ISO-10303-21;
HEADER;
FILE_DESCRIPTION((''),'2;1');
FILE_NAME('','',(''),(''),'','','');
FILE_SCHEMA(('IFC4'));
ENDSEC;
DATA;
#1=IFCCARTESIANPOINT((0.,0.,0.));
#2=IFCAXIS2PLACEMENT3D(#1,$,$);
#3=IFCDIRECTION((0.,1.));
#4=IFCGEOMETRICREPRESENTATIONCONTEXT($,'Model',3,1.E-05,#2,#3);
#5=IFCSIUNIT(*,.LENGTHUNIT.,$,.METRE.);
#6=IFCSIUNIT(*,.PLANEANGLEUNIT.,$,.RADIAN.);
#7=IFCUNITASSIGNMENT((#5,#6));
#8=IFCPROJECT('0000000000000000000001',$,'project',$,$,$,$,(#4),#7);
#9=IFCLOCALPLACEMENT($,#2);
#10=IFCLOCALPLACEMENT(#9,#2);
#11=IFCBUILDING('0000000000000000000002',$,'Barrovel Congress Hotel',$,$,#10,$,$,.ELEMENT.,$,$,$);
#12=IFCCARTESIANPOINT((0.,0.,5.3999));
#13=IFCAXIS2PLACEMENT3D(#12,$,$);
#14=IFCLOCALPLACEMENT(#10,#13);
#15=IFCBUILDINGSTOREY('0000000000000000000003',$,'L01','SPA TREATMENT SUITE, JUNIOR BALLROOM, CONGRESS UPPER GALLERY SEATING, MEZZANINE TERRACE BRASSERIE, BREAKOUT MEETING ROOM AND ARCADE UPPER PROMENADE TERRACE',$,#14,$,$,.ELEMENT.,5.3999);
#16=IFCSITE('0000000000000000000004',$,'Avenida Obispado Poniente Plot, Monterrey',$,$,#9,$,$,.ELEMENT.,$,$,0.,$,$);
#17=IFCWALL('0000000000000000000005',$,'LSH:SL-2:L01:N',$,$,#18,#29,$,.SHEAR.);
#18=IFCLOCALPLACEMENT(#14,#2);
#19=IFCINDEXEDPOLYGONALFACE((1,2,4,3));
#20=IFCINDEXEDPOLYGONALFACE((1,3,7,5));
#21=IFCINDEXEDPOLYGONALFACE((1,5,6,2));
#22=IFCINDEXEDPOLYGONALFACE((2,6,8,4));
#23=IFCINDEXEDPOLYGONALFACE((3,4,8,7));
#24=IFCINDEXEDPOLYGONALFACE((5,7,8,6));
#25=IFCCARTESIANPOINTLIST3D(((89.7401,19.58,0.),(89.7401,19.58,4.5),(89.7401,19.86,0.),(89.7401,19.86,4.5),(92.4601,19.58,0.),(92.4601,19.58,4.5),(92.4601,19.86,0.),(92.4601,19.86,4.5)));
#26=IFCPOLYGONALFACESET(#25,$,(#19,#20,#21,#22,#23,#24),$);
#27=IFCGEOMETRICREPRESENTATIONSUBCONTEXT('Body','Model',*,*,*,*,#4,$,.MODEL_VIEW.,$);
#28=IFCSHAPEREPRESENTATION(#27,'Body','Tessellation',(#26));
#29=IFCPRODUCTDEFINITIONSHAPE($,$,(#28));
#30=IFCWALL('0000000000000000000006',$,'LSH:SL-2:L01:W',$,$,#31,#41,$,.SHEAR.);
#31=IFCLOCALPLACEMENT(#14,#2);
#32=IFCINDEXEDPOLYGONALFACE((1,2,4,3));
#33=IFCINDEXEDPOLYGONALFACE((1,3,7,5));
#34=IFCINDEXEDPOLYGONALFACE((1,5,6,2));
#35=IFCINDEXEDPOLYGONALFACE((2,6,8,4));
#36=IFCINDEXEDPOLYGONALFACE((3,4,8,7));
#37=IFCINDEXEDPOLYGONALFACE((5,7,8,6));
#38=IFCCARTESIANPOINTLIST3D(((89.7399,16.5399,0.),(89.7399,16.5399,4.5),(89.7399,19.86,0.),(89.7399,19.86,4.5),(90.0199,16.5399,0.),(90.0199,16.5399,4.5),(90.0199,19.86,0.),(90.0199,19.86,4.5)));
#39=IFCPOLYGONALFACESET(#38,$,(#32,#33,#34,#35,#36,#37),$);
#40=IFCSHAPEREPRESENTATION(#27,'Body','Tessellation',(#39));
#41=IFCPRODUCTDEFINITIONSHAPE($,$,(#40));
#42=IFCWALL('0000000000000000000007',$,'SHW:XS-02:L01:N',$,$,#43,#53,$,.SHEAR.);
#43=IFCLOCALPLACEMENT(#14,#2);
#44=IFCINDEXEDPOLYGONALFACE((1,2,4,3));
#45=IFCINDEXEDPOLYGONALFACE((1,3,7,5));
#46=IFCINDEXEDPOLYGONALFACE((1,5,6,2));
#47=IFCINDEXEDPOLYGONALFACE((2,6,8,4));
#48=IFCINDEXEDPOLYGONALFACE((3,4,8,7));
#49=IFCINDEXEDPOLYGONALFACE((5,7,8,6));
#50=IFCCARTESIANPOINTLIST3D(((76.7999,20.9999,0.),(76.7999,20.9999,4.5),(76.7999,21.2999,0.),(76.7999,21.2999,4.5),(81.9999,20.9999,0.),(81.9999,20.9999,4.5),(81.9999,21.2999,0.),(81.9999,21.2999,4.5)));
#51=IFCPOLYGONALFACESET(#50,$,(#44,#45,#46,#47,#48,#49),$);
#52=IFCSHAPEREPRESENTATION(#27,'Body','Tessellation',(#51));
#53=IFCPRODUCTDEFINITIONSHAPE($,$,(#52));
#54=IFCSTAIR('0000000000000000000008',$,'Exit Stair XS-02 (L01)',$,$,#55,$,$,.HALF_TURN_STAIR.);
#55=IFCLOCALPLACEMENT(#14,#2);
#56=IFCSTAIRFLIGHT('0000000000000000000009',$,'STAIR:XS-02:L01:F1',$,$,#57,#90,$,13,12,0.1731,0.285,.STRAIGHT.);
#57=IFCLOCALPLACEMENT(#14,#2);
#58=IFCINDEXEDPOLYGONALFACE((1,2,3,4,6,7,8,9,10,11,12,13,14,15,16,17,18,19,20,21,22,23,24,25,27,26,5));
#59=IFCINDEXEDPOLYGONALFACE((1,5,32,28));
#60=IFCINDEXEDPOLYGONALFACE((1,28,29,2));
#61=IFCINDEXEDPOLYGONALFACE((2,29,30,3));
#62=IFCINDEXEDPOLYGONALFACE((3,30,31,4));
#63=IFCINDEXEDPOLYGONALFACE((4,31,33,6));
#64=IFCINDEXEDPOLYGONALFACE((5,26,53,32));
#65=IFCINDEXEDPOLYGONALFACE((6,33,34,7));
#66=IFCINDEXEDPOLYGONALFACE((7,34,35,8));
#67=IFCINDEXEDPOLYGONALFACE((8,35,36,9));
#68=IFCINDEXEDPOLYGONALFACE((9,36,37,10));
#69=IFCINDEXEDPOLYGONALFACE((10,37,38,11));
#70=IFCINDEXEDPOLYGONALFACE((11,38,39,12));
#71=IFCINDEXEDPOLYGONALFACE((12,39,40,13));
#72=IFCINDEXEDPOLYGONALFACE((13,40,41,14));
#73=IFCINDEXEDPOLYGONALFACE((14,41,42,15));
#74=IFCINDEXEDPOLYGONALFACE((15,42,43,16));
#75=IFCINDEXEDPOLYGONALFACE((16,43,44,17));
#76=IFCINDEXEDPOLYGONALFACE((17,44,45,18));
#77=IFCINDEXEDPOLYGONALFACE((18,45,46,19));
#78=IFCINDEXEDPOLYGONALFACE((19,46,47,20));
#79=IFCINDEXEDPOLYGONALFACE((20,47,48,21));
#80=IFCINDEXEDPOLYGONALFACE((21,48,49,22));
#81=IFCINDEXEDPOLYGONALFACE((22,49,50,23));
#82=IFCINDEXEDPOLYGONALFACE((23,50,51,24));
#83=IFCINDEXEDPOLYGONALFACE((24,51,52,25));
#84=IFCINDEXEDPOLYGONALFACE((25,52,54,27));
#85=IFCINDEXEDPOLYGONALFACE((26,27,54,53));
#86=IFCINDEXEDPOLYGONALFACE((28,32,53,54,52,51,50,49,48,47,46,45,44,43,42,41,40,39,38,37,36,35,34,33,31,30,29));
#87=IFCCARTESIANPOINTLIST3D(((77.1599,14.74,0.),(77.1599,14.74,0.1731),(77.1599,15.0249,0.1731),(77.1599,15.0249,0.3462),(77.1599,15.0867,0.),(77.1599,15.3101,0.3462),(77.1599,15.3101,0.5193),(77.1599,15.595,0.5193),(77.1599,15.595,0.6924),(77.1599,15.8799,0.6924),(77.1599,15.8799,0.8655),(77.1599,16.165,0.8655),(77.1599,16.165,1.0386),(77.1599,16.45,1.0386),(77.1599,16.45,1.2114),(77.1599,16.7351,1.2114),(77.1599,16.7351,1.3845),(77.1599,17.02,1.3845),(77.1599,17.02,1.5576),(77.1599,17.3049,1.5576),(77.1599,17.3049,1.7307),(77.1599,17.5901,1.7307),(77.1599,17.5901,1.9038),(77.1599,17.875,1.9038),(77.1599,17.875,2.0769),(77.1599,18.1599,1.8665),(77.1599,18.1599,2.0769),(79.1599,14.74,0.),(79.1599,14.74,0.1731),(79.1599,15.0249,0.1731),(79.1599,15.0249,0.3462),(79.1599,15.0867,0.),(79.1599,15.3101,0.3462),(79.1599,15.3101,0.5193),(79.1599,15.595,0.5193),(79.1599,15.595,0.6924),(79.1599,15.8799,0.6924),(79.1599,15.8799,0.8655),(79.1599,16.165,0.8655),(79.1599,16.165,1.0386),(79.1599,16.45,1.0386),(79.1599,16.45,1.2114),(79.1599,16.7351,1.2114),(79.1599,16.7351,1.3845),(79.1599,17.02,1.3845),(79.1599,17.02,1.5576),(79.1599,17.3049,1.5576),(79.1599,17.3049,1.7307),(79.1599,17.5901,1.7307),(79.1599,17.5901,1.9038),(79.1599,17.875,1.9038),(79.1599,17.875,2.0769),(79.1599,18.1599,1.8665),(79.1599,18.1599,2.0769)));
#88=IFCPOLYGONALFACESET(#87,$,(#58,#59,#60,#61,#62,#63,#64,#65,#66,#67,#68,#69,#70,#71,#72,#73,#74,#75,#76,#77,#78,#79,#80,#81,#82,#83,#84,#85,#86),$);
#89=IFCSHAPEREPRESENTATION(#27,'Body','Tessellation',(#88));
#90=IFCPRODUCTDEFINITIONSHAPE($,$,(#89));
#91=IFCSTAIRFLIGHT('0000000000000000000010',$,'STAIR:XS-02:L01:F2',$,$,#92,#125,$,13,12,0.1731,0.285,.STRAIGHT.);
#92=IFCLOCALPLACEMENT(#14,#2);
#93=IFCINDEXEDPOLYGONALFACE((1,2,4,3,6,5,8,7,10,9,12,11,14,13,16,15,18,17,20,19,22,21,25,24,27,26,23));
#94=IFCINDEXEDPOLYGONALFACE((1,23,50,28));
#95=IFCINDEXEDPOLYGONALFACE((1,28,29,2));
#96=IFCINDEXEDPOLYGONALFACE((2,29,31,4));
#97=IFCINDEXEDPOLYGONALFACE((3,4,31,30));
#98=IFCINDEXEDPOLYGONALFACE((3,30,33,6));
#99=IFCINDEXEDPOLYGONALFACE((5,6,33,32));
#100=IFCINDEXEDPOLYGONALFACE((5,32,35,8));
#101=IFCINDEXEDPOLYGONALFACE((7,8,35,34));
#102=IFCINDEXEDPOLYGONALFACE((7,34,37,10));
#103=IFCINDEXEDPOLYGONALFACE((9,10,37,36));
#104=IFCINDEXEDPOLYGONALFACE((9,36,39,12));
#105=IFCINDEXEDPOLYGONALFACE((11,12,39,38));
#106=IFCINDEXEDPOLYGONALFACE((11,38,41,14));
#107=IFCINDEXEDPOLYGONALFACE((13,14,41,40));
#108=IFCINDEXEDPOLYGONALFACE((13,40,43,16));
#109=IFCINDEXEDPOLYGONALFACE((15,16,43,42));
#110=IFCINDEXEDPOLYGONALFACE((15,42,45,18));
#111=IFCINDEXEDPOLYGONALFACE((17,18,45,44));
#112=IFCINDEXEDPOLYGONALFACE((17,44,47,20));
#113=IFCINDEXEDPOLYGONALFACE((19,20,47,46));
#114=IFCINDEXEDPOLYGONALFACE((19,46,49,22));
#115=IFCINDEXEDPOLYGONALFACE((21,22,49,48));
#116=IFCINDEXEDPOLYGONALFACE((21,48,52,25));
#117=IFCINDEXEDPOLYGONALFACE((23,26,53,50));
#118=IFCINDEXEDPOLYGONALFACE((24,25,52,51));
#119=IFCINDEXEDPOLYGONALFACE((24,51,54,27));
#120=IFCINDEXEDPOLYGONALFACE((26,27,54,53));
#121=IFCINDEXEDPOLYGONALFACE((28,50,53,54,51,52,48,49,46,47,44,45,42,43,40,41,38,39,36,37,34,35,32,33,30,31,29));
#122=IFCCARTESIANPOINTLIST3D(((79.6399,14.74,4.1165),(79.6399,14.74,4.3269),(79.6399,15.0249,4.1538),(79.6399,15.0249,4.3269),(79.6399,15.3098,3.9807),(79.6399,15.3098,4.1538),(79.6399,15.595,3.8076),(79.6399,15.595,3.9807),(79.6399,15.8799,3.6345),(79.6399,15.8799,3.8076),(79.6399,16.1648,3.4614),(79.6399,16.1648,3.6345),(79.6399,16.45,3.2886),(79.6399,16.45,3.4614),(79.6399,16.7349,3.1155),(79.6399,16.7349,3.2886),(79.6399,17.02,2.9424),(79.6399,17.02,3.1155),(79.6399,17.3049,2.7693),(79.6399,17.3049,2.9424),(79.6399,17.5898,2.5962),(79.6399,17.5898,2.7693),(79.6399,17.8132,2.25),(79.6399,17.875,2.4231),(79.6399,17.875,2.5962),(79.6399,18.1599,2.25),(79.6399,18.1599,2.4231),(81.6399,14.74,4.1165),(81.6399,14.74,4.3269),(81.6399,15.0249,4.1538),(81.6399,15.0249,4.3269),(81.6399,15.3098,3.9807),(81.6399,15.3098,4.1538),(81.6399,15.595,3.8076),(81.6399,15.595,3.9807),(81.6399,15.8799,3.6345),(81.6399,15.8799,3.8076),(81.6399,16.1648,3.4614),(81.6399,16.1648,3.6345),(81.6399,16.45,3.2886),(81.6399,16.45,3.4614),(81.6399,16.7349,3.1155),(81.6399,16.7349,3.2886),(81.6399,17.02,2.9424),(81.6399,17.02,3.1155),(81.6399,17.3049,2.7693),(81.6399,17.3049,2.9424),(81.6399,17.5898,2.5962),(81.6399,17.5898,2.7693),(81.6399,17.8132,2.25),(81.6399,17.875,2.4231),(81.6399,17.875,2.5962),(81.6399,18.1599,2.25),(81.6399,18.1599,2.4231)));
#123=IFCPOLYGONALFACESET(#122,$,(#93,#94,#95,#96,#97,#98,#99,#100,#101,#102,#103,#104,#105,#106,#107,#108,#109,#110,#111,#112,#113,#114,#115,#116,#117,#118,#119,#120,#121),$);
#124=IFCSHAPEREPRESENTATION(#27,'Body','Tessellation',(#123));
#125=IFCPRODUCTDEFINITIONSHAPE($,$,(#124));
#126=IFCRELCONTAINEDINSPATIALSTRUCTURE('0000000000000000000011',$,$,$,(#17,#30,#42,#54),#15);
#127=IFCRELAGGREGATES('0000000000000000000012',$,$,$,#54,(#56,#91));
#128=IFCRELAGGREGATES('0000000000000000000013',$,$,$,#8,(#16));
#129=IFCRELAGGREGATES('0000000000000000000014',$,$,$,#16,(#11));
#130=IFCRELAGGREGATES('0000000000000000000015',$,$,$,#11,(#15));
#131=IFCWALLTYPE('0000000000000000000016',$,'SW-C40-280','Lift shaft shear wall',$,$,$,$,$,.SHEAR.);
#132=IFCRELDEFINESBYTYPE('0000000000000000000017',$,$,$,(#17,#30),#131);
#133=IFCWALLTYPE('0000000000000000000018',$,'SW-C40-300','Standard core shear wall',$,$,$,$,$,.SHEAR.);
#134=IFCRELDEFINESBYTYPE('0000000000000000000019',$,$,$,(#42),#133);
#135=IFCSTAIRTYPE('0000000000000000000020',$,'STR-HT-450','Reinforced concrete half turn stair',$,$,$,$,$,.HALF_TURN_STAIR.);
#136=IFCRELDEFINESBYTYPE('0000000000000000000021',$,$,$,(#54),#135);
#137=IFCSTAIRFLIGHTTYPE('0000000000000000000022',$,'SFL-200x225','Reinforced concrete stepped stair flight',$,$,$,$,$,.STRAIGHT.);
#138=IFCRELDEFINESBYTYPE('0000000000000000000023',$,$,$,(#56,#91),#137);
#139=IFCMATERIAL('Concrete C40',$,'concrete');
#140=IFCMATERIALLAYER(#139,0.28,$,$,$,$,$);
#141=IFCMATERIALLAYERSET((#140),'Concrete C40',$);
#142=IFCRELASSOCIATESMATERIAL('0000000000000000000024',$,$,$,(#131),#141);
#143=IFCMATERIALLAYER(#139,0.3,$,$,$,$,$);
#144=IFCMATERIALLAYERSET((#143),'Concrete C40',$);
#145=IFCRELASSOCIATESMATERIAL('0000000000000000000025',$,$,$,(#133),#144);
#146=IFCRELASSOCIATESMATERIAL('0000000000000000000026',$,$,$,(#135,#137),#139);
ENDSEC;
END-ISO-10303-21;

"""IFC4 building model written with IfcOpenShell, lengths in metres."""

from ifc_helpers import new_model, si_unit, direction, frame, frame_2d, origin, place, context, subcontext, project, spatial, polyline, rectangle, outline, extrude, material, layer, layer_set, type_object, element, aggregate, save


model = new_model("IFC4")

# Units and contexts
model_context = context("Model", 3, precision=1e-05, world=origin(), true_north=direction((0.0, 1.0)))
body_context = subcontext(model_context, "Body", "Model", "MODEL_VIEW")
ifc_project = project(units=[si_unit("LENGTHUNIT", "METRE"), si_unit("PLANEANGLEUNIT", "RADIAN")], contexts=[model_context])

# Site, building, storey
site_placement = place(None, origin())
site = spatial("IfcSite", under=ifc_project, at=site_placement, Name="Avenida Obispado Poniente Plot, Monterrey", CompositionType="ELEMENT", RefElevation=0.0)
building_placement = place(site_placement, origin())
building = spatial("IfcBuilding", under=site, at=building_placement, Name="Barrovel Congress Hotel", CompositionType="ELEMENT")
storey_placement = place(building_placement, frame((0.0, 0.0, 5.3999)))
storey = spatial("IfcBuildingStorey", under=building, at=storey_placement, Name="L01", Description="SPA TREATMENT SUITE, JUNIOR BALLROOM, CONGRESS UPPER GALLERY SEATING, MEZZANINE TERRACE BRASSERIE, BREAKOUT MEETING ROOM AND ARCADE UPPER PROMENADE TERRACE", CompositionType="ELEMENT", Elevation=5.3999)

# Shared definitions
ifc_material_1 = material(Name="Concrete C40", Category="concrete")

# Shared definitions
ifc_layer_1 = layer(ifc_material_1, 0.28)
ifc_layer_set_1 = layer_set([ifc_layer_1], Name="Concrete C40")
wall_type_1 = type_object("IfcWallType", Name="SW-C40-280", Description="Lift shaft shear wall", PredefinedType="SHEAR", material=ifc_layer_set_1)

# Walls
wall_1_placement = place(storey_placement, frame((92.46, 19.72, 0.0), z_axis=(0.0, 0.0, 1.0), x_axis=(-1.0, 0.0, 0.0)))
element("IfcWall", 1, at=wall_1_placement, inside=storey, type_object=wall_type_1, Name="LSH:SL-2:L01:N", PredefinedType="SHEAR", context=body_context, shape_type="SweptSolid", body=[
    extrude(rectangle(XDim=2.72, YDim=0.28, at=frame_2d((1.3599, 0.0))), origin(), (0.0, 0.0, 1.0), 4.5),
])
wall_2_placement = place(storey_placement, frame((89.8799, 19.8601, 0.0), z_axis=(0.0, 0.0, 1.0), x_axis=(0.0, -1.0, 0.0)))
element("IfcWall", 2, at=wall_2_placement, inside=storey, type_object=wall_type_1, Name="LSH:SL-2:L01:W", PredefinedType="SHEAR", context=body_context, shape_type="SweptSolid", body=[
    extrude(rectangle(XDim=3.3201, YDim=0.28, at=frame_2d((1.6602, 0.0))), origin(), (0.0, 0.0, 1.0), 4.5),
])
ifc_layer_2 = layer(ifc_material_1, 0.3)
ifc_layer_set_2 = layer_set([ifc_layer_2], Name="Concrete C40")
wall_type_2 = type_object("IfcWallType", Name="SW-C40-300", Description="Standard core shear wall", PredefinedType="SHEAR", material=ifc_layer_set_2)
wall_3_placement = place(storey_placement, frame((82.0, 21.1499, 0.0), z_axis=(0.0, 0.0, 1.0), x_axis=(-1.0, 0.0, 0.0)))
element("IfcWall", 3, at=wall_3_placement, inside=storey, type_object=wall_type_2, Name="SHW:XS-02:L01:N", PredefinedType="SHEAR", context=body_context, shape_type="SweptSolid", body=[
    extrude(rectangle(XDim=5.2, YDim=0.3, at=frame_2d((2.6001, 0.0))), origin(), (0.0, 0.0, 1.0), 4.5),
])

# Stair, stair flights
stair_type = type_object("IfcStairType", Name="STR-HT-450", Description="Reinforced concrete half turn stair", PredefinedType="HALF_TURN_STAIR", material=ifc_material_1)
stair_placement = place(storey_placement, origin())
stair = element("IfcStair", 4, at=stair_placement, inside=storey, type_object=stair_type, Name="Exit Stair XS-02 (L01)", PredefinedType="HALF_TURN_STAIR")
stair_flight_type = type_object("IfcStairFlightType", Name="SFL-200x225", Description="Reinforced concrete stepped stair flight", PredefinedType="STRAIGHT", material=ifc_material_1)
stair_flight_1_placement = place(storey_placement, frame((78.1599, 14.74, 0.0), z_axis=(0.0, 0.0, 1.0), x_axis=(0.0, 1.0, 0.0)))
stair_flight_1 = element("IfcStairFlight", 5, at=stair_flight_1_placement, type_object=stair_flight_type, Name="STAIR:XS-02:L01:F1", NumberOfRisers=13, NumberOfTreads=12, PredefinedType="STRAIGHT", RiserHeight=0.1731, TreadLength=0.285, context=body_context, shape_type="SweptSolid", body=[
    extrude(outline(polyline([(0.0, 0.0), (0.0, 0.1731), (0.2849, 0.1731), (0.2849, 0.3462), (0.5701, 0.3462), (0.5701, 0.5193), (0.855, 0.5193), (0.855, 0.6924), (1.1399, 0.6924), (1.1399, 0.8655), (1.425, 0.8655), (1.425, 1.0386), (1.71, 1.0386), (1.71, 1.2114), (1.9951, 1.2114), (1.9951, 1.3845), (2.28, 1.3845), (2.28, 1.5576), (2.5649, 1.5576), (2.5649, 1.7307), (2.8501, 1.7307), (2.8501, 1.9038), (3.135, 1.9038), (3.135, 2.0769), (3.4199, 2.0769), (3.4199, 2.25), (3.4199, 1.8665), (0.3467, 0.0), (0.0, 0.0)])), frame((0.0, 1.0, 0.0), z_axis=(0.0, -1.0, 0.0), x_axis=(1.0, 0.0, 0.0)), (0.0, 0.0, 1.0), 2.0),
])
stair_flight_2_placement = place(storey_placement, frame((80.6399, 18.1599, 2.25), z_axis=(0.0, 0.0, 1.0), x_axis=(0.0, -1.0, 0.0)))
stair_flight_2 = element("IfcStairFlight", 6, at=stair_flight_2_placement, type_object=stair_flight_type, Name="STAIR:XS-02:L01:F2", NumberOfRisers=13, NumberOfTreads=12, PredefinedType="STRAIGHT", RiserHeight=0.1731, TreadLength=0.285, context=body_context, shape_type="SweptSolid", body=[
    extrude(outline(polyline([(0.0, 0.0), (0.0, 0.1731), (0.2849, 0.1731), (0.2849, 0.3462), (0.5701, 0.3462), (0.5701, 0.5193), (0.855, 0.5193), (0.855, 0.6924), (1.1399, 0.6924), (1.1399, 0.8655), (1.425, 0.8655), (1.425, 1.0386), (1.71, 1.0386), (1.71, 1.2114), (1.9951, 1.2114), (1.9951, 1.3845), (2.28, 1.3845), (2.28, 1.5576), (2.5649, 1.5576), (2.5649, 1.7307), (2.8501, 1.7307), (2.8501, 1.9038), (3.135, 1.9038), (3.135, 2.0769), (3.4199, 2.0769), (3.4199, 2.25), (3.4199, 1.8665), (0.3467, 0.0), (0.0, 0.0)])), frame((0.0, 1.0, 0.0), z_axis=(0.0, -1.0, 0.0), x_axis=(1.0, 0.0, 0.0)), (0.0, 0.0, 1.0), 2.0),
])
aggregate(stair, [stair_flight_1, stair_flight_2])

save(model, "model.ifc")
